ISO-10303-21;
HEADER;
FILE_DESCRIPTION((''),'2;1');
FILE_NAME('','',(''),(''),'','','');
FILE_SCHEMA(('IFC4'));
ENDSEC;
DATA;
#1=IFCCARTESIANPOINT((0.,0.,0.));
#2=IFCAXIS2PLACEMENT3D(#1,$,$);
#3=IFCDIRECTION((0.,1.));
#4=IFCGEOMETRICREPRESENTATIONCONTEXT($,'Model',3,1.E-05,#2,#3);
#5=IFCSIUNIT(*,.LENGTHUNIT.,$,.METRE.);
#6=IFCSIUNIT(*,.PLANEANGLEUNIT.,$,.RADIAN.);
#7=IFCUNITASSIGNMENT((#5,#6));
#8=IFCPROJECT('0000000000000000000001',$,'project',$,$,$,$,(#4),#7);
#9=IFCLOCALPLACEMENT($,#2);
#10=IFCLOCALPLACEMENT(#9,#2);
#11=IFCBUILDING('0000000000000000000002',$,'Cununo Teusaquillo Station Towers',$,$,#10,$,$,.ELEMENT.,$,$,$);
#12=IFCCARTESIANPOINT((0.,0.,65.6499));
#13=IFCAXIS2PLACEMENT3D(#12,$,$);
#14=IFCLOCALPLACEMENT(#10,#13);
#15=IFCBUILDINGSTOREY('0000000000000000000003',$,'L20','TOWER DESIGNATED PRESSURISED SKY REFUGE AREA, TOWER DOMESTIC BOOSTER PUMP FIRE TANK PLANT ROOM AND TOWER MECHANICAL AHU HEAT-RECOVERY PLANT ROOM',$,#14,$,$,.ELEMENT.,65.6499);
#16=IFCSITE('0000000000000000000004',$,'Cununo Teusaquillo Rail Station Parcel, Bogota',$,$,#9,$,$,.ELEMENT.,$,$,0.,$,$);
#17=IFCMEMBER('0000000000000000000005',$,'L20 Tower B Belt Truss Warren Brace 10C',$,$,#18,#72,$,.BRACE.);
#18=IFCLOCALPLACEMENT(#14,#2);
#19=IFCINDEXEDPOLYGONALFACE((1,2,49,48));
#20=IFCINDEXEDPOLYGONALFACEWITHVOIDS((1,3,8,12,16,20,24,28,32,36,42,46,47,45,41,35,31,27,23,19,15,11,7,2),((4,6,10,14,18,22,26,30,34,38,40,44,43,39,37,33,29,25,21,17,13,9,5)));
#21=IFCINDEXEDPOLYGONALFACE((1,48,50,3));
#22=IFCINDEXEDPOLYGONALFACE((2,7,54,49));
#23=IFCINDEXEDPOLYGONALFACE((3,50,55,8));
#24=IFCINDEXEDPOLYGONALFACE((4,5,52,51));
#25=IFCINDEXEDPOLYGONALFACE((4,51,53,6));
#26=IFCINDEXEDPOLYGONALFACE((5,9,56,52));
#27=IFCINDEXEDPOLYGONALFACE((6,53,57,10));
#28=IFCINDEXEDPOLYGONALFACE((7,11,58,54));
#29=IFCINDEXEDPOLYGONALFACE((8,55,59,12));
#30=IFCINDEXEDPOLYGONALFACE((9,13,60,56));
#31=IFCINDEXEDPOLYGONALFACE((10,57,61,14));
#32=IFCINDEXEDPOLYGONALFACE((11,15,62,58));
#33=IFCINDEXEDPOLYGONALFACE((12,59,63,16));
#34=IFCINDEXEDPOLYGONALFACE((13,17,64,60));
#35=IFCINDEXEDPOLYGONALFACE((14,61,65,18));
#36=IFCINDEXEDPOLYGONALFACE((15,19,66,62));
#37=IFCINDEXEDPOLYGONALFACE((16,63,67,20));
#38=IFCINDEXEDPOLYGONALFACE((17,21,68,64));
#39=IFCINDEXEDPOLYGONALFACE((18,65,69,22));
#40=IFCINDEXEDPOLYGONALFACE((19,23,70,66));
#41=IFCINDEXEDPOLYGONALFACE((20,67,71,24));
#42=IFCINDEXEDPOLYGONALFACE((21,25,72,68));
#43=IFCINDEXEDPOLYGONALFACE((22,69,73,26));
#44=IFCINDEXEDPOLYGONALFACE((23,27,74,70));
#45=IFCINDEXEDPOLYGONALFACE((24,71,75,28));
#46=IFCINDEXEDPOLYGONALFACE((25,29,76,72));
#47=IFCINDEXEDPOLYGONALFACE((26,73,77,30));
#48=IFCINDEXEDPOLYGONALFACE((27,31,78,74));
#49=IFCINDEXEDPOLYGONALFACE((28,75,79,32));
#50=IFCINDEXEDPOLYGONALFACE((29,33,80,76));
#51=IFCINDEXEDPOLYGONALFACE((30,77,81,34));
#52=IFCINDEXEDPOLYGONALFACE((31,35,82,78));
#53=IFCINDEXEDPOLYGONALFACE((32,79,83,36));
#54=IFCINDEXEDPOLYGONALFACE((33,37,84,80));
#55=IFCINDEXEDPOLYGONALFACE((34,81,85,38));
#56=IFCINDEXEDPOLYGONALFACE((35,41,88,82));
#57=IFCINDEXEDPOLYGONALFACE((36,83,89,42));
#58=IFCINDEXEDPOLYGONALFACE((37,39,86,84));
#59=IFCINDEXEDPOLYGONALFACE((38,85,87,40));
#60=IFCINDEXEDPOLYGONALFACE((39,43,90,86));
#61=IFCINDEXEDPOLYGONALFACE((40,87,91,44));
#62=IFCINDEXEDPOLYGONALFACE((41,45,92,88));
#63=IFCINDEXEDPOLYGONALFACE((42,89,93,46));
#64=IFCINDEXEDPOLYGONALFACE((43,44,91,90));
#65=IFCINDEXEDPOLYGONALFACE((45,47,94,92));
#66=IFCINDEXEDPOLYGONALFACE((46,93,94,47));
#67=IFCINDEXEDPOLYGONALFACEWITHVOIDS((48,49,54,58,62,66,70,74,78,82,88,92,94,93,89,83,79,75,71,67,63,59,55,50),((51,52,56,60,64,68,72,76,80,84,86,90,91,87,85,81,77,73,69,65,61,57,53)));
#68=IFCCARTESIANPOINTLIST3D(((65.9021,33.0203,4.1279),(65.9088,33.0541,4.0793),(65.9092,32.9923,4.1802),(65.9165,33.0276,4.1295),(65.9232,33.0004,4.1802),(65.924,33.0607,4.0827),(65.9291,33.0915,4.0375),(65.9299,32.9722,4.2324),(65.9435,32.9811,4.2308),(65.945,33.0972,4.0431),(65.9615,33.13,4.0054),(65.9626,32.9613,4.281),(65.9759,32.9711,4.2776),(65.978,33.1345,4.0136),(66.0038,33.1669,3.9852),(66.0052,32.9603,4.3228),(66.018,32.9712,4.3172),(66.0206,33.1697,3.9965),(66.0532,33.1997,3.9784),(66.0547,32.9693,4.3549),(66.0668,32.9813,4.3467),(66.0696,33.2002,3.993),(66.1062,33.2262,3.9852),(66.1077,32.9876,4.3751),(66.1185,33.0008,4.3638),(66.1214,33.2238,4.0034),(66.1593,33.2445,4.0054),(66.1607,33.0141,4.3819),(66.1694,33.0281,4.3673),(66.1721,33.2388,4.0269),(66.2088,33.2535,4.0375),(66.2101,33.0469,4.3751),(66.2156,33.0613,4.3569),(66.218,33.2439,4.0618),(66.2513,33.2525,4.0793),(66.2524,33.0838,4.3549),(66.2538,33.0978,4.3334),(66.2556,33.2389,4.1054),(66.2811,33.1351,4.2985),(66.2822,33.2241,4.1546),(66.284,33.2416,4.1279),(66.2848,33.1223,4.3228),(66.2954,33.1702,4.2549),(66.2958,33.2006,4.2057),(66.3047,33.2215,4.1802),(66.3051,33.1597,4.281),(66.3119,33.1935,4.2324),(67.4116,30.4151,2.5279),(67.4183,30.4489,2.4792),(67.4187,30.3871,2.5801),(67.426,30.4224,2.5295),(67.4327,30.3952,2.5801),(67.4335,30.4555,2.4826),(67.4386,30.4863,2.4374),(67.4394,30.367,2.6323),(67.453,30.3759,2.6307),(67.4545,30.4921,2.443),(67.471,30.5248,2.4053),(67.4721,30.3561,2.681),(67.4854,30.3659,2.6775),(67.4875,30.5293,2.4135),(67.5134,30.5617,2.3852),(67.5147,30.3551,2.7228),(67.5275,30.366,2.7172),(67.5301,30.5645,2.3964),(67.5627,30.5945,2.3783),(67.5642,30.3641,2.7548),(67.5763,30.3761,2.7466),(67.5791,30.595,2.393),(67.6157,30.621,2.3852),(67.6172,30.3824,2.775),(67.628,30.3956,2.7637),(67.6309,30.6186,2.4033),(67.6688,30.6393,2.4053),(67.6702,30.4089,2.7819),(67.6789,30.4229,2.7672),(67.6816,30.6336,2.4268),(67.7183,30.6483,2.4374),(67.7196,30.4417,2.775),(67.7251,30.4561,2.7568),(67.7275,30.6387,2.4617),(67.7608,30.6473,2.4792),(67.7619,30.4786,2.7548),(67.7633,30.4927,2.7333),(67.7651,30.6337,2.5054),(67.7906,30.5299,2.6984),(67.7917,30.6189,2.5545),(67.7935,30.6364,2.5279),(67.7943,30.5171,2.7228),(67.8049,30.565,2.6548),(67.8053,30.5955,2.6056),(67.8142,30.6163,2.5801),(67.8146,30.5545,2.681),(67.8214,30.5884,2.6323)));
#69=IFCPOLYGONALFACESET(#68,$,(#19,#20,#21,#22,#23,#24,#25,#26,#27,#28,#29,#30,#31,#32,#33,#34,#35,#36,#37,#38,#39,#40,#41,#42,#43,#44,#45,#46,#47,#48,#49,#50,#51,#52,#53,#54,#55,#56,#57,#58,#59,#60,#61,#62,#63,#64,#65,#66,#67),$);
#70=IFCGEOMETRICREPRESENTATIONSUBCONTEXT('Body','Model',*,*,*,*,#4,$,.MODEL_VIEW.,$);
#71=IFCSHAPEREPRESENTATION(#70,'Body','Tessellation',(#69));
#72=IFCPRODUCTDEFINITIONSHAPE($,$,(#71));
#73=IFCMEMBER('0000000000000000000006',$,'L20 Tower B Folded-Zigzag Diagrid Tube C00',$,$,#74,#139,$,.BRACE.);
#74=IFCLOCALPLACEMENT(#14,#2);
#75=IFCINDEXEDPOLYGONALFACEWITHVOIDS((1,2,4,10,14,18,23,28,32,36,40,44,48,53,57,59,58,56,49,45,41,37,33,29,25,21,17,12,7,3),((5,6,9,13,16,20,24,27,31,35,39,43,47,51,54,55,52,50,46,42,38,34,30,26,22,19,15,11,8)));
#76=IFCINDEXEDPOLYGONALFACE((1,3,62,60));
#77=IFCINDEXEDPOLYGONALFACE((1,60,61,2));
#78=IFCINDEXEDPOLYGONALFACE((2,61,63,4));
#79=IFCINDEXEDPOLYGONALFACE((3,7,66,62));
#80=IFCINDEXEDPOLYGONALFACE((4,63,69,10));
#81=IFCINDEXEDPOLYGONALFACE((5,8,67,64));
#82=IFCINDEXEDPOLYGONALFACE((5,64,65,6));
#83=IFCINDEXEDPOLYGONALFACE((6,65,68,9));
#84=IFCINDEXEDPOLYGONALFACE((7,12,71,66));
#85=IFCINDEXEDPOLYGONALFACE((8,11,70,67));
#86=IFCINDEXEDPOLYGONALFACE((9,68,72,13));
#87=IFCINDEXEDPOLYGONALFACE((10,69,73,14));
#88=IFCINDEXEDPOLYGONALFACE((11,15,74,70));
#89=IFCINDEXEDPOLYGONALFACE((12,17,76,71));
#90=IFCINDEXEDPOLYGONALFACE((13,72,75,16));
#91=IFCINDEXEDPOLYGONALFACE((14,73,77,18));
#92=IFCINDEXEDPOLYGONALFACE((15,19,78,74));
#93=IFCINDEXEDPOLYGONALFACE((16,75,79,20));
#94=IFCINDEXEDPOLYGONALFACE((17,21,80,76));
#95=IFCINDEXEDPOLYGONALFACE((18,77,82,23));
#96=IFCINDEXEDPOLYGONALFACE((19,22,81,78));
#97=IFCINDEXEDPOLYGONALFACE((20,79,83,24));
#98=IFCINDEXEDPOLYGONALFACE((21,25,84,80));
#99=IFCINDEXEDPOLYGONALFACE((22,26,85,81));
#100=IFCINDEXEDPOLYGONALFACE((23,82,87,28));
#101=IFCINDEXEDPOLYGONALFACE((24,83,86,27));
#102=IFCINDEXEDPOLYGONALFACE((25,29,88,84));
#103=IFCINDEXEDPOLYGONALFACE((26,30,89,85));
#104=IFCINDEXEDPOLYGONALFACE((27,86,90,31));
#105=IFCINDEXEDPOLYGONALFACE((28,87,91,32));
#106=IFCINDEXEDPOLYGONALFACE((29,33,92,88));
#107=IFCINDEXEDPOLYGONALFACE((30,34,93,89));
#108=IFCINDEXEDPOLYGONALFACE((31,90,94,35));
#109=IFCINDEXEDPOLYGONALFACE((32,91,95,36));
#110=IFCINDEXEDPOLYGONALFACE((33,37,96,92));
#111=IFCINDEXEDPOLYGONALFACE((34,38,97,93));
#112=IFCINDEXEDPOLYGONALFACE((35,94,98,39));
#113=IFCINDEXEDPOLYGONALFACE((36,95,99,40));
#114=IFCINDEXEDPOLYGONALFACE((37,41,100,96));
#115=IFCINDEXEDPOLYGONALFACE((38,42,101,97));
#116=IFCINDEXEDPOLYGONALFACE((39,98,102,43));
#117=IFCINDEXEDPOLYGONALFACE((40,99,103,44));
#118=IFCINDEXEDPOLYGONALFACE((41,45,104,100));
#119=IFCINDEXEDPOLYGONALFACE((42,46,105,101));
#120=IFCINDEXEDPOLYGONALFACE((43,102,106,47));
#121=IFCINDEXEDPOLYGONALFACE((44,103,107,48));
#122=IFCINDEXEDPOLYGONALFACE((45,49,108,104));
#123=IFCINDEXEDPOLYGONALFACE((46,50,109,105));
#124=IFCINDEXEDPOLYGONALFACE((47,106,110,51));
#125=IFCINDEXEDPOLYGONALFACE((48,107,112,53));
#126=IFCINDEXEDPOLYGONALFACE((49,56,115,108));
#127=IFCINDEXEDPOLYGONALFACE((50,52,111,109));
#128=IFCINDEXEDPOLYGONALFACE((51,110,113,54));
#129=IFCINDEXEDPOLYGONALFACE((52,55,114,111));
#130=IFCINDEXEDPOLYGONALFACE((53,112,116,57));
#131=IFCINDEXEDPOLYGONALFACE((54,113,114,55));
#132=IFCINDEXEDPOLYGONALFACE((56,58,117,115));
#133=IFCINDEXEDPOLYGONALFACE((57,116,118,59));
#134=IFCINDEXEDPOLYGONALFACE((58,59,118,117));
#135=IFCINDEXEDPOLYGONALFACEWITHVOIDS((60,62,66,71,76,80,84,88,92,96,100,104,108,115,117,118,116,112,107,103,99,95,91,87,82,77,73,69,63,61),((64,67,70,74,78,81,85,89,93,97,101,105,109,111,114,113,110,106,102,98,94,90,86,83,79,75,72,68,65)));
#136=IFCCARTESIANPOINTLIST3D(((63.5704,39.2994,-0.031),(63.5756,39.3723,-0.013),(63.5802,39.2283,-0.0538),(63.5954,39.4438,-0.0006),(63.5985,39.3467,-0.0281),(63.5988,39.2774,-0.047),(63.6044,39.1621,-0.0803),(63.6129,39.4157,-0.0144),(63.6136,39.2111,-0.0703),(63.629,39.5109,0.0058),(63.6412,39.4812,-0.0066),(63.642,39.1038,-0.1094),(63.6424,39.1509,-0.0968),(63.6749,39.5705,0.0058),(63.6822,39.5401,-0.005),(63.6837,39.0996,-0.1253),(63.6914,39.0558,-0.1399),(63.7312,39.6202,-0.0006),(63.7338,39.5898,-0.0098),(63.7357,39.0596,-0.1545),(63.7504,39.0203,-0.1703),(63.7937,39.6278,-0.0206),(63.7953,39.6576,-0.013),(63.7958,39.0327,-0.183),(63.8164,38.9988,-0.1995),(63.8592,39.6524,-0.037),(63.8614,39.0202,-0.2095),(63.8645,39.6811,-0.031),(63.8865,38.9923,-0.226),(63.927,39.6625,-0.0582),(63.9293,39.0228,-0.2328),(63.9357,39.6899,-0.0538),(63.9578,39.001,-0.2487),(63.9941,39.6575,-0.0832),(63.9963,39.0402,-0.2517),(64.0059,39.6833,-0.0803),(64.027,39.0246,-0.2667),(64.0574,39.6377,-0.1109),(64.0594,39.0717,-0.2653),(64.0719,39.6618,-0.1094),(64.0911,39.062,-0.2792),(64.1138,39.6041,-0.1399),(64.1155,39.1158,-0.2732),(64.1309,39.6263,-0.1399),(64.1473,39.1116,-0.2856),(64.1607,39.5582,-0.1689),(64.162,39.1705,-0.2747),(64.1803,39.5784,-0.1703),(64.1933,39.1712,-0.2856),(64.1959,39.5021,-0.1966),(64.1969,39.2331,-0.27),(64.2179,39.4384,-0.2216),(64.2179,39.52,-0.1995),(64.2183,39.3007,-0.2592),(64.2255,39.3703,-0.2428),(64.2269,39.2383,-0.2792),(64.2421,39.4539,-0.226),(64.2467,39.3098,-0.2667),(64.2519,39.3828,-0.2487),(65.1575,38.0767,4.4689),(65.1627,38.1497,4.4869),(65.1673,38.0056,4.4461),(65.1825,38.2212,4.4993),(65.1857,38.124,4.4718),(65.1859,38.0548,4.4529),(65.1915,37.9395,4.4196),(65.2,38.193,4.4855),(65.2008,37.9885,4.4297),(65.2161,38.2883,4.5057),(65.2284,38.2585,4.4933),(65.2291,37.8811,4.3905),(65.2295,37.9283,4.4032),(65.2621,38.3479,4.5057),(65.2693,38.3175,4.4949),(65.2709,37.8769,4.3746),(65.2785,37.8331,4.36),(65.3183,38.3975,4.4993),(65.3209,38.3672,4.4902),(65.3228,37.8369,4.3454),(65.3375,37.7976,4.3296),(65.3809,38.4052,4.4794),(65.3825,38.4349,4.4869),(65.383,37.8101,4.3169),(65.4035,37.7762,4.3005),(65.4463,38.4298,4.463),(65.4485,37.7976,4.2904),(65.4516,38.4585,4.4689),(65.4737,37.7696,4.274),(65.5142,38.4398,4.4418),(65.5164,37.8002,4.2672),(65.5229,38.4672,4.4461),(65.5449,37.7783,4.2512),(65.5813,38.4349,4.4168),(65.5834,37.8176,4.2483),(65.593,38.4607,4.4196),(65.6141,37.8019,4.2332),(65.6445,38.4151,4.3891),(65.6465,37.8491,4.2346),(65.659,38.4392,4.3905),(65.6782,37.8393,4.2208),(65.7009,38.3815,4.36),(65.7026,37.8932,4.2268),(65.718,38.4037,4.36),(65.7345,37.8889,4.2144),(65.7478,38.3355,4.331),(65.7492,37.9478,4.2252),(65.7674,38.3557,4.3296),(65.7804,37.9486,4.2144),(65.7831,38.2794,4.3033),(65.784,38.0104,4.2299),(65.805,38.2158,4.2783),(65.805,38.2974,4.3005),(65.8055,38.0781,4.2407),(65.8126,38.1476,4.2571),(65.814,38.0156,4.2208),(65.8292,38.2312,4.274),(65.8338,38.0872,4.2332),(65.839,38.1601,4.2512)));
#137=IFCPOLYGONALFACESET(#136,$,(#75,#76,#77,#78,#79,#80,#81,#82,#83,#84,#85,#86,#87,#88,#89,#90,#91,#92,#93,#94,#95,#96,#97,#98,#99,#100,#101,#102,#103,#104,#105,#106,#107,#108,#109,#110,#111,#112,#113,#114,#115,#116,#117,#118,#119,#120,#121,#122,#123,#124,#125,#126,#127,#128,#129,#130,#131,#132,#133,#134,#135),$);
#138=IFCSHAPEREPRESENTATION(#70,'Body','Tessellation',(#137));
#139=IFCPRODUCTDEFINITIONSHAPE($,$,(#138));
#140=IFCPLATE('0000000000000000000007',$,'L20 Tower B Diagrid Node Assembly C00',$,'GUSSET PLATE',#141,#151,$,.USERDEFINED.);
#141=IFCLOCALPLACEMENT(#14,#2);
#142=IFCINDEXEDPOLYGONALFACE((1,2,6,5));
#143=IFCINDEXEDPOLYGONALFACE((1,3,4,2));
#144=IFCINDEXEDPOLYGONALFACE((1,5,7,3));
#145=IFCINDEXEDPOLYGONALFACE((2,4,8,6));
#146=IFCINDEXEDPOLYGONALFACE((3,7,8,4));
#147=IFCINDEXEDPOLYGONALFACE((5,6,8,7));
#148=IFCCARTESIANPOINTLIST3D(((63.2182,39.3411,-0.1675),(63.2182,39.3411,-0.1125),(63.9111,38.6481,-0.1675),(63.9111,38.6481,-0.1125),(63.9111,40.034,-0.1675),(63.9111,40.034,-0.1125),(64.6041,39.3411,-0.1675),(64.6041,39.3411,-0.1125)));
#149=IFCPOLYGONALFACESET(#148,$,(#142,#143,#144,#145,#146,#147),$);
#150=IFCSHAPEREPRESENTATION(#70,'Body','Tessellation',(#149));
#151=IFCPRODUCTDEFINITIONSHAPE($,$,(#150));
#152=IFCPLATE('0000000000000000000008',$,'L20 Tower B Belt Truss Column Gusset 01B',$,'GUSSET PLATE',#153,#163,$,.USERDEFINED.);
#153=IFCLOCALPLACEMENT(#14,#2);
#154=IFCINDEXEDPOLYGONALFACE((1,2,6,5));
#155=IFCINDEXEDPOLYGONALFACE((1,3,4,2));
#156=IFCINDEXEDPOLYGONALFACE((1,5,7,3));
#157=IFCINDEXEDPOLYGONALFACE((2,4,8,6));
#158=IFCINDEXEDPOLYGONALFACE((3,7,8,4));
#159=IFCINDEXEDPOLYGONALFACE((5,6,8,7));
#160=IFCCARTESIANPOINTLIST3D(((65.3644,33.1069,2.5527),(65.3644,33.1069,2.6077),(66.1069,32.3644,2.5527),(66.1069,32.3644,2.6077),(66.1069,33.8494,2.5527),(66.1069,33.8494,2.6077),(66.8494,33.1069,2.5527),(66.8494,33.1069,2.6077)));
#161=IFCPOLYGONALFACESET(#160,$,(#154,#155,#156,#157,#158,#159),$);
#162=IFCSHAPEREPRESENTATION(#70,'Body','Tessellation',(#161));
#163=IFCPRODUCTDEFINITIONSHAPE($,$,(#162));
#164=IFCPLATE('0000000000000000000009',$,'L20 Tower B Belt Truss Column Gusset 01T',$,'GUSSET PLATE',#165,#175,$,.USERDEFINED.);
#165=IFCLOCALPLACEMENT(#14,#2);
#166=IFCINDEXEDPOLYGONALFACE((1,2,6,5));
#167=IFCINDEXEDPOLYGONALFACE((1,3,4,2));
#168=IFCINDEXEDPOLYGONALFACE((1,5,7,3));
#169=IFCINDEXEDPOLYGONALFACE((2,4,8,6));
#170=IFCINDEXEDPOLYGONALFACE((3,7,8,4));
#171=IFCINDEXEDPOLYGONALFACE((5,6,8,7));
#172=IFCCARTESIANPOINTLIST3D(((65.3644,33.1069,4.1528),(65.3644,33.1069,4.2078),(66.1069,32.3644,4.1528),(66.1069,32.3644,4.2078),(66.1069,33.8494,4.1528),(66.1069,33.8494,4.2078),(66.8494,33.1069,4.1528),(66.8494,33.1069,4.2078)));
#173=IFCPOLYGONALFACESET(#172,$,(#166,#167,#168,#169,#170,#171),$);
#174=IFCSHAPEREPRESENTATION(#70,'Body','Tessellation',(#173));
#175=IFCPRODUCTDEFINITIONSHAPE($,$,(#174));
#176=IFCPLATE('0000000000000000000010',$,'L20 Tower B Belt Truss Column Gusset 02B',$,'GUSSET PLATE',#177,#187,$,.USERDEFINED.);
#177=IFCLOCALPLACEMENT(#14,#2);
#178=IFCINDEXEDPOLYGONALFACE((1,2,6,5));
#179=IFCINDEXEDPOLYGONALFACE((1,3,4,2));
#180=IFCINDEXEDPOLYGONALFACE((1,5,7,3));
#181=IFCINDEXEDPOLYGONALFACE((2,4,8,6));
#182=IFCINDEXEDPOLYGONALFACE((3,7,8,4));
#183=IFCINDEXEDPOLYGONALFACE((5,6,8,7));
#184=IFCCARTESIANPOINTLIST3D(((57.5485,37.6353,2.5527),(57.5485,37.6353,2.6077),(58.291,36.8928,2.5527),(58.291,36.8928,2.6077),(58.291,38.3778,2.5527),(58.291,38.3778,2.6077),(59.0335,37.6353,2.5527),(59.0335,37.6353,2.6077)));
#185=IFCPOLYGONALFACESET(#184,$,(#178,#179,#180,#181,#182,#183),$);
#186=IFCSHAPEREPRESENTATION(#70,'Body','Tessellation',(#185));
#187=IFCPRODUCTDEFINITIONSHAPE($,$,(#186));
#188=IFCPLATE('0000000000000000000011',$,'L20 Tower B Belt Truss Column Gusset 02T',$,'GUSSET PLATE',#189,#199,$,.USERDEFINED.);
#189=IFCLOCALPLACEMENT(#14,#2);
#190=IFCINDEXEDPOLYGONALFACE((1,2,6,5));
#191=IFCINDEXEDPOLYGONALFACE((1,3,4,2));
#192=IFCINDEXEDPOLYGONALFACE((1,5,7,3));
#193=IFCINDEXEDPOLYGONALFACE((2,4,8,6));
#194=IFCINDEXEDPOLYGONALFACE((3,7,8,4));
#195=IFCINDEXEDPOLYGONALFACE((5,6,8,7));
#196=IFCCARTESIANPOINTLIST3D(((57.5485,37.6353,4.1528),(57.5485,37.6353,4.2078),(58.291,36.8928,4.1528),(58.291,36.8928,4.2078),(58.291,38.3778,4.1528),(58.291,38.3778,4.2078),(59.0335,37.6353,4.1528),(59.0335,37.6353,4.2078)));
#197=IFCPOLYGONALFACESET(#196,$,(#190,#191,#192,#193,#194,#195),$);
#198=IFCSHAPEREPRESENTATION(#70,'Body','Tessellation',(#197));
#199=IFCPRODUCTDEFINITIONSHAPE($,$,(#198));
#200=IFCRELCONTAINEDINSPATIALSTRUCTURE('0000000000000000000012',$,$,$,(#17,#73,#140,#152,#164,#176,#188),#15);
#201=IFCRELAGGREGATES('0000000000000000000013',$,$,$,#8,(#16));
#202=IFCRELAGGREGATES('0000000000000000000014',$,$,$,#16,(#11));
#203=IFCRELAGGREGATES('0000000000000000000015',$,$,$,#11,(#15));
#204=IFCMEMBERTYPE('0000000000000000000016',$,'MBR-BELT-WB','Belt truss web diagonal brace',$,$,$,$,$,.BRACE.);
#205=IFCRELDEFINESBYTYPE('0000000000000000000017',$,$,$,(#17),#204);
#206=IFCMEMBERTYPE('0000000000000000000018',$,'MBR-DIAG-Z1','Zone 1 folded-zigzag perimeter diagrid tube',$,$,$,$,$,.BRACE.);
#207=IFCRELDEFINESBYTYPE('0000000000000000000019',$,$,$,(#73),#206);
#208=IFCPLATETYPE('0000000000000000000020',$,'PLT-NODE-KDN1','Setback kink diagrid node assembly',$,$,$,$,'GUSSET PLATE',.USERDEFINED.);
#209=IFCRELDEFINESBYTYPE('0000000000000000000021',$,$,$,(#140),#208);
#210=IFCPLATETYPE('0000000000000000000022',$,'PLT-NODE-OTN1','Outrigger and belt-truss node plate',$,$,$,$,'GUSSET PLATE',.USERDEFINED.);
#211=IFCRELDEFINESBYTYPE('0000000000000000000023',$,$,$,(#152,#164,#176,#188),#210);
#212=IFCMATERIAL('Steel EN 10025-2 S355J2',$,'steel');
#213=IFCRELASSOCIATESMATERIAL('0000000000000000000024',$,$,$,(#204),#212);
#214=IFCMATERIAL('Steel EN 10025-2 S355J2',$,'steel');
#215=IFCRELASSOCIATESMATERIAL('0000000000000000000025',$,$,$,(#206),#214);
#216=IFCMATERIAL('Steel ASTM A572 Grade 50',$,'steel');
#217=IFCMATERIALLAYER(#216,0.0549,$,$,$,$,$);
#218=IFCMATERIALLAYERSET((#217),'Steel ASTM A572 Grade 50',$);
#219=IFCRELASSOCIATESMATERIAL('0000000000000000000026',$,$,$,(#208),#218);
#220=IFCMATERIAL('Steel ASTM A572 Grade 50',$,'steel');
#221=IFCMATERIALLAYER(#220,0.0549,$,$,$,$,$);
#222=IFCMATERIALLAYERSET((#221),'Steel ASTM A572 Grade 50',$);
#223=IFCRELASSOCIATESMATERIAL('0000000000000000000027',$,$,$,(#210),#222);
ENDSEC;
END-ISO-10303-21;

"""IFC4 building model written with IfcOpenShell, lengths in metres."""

from ifc_helpers import new_model, si_unit, direction, frame, origin, origin_2d, place, context, subcontext, project, spatial, rectangle, hollow_circle, extrude, source, transform, mapped, material, layer, layer_set, material_profile, profile_set, type_object, element, save


model = new_model("IFC4")

# Units and contexts
model_context = context("Model", 3, precision=1e-05, world=origin(), true_north=direction((0.0, 1.0)))
body_context = subcontext(model_context, "Body", "Model", "MODEL_VIEW")
ifc_project = project(units=[si_unit("LENGTHUNIT", "METRE"), si_unit("PLANEANGLEUNIT", "RADIAN")], contexts=[model_context])

# Site, building, storey
site_placement = place(None, origin())
site = spatial("IfcSite", under=ifc_project, at=site_placement, Name="Cununo Teusaquillo Rail Station Parcel, Bogota", CompositionType="ELEMENT", RefElevation=0.0)
building_placement = place(site_placement, origin())
building = spatial("IfcBuilding", under=site, at=building_placement, Name="Cununo Teusaquillo Station Towers", CompositionType="ELEMENT")
storey_placement = place(building_placement, frame((0.0, 0.0, 65.6499)))
storey = spatial("IfcBuildingStorey", under=building, at=storey_placement, Name="L20", Description="TOWER DESIGNATED PRESSURISED SKY REFUGE AREA, TOWER DOMESTIC BOOSTER PUMP FIRE TANK PLANT ROOM AND TOWER MECHANICAL AHU HEAT-RECOVERY PLANT ROOM", CompositionType="ELEMENT", Elevation=65.6499)

# Members
ifc_material_1 = material(Name="Steel EN 10025-2 S355J2", Category="steel")
ifc_material_profile_1 = material_profile(ifc_material_1, hollow_circle(Radius=0.2285, WallThickness=0.0161, at=origin_2d()), Name="CHS 457x16")
ifc_profile_set_1 = profile_set([ifc_material_profile_1], Name="Steel EN 10025-2 S355J2")
member_type_1 = type_object("IfcMemberType", Name="MBR-BELT-WB", Description="Belt truss web diagonal brace", PredefinedType="BRACE", material=ifc_profile_set_1)
for number, where, z_axis, x_axis, name in (
    (1, (67.6165, 30.5017, 2.5801), (-0.442712, 0.764059, 0.469276), (-0.865249, -0.501343, 0.0), "L20 Tower B Belt Truss Warren Brace 10C"),
):
    element("IfcMember", number, at=place(storey_placement, frame(where, z_axis=z_axis, x_axis=x_axis)), inside=storey, type_object=member_type_1, Name=name, PredefinedType="BRACE", context=body_context, shape_type="SweptSolid", body=[
        extrude(hollow_circle(Radius=0.2285, WallThickness=0.0161, at=origin_2d()), origin(), (0.0, 0.0, 1.0), 3.4097),
    ])
ifc_material_2 = material(Name="Steel EN 10025-2 S355J2", Category="steel")
ifc_material_profile_2 = material_profile(ifc_material_2, hollow_circle(Radius=0.3601, WallThickness=0.0281, at=origin_2d()), Name="CHS 720x28")
ifc_profile_set_2 = profile_set([ifc_material_profile_2], Name="Steel EN 10025-2 S355J2")
member_type_2 = type_object("IfcMemberType", Name="MBR-DIAG-Z1", Description="Zone 1 folded-zigzag perimeter diagrid tube", PredefinedType="BRACE", material=ifc_profile_set_2)
member_1_placement = place(storey_placement, frame((63.9111, 39.3411, -0.1399), z_axis=(0.32221, -0.248212, 0.913549), x_axis=(0.610264, 0.792198, 0.0)))
element("IfcMember", 2, at=member_1_placement, inside=storey, type_object=member_type_2, Name="L20 Tower B Folded-Zigzag Diagrid Tube C00", PredefinedType="BRACE", context=body_context, shape_type="SweptSolid", body=[
    extrude(hollow_circle(Radius=0.3601, WallThickness=0.0281, at=origin_2d()), origin(), (0.0, 0.0, 1.0), 4.9258),
])

# Plates
ifc_material_3 = material(Name="Steel ASTM A572 Grade 50", Category="steel")
ifc_layer_1 = layer(ifc_material_3, 0.0549)
ifc_layer_set_1 = layer_set([ifc_layer_1], Name="Steel ASTM A572 Grade 50")
plate_type_1 = type_object("IfcPlateType", Name="PLT-NODE-KDN1", Description="Setback kink diagrid node assembly", ElementType="GUSSET PLATE", PredefinedType="USERDEFINED", material=ifc_layer_set_1)
shared_shape_1 = source(origin(), body_context, "Body", "SweptSolid", [
    extrude(rectangle(XDim=0.98, YDim=0.98, at=origin_2d()), origin(), (0.0, 0.0, 1.0), 0.0549),
])
plate_placement = place(storey_placement, frame((63.9111, 39.3411, -0.1675), z_axis=(0.0, 0.0, 1.0), x_axis=(0.707107, 0.707107, 0.0)))
element("IfcPlate", 3, at=plate_placement, inside=storey, type_object=plate_type_1, Name="L20 Tower B Diagrid Node Assembly C00", ObjectType="GUSSET PLATE", PredefinedType="USERDEFINED", context=body_context, shape_type="MappedRepresentation", body=[
    mapped(shared_shape_1, transform((0.0, 0.0, 0.0), x_axis=(1.0, 0.0, 0.0), y_axis=(0.0, 1.0, 0.0), z_axis=(0.0, 0.0, 1.0), scale=1.0)),
])
ifc_material_4 = material(Name="Steel ASTM A572 Grade 50", Category="steel")
ifc_layer_2 = layer(ifc_material_4, 0.0549)
ifc_layer_set_2 = layer_set([ifc_layer_2], Name="Steel ASTM A572 Grade 50")
plate_type_2 = type_object("IfcPlateType", Name="PLT-NODE-OTN1", Description="Outrigger and belt-truss node plate", ElementType="GUSSET PLATE", PredefinedType="USERDEFINED", material=ifc_layer_set_2)
shared_shape_2 = source(origin(), body_context, "Body", "SweptSolid", [
    extrude(rectangle(XDim=1.05, YDim=1.05, at=origin_2d()), origin(), (0.0, 0.0, 1.0), 0.0549),
])
for number, where, z_axis, x_axis, name in (
    (4, (66.1069, 33.1069, 2.5527), (0.0, 0.0, 1.0), (0.707107, 0.707107, 0.0), "L20 Tower B Belt Truss Column Gusset 01B"),
    (5, (66.1069, 33.1069, 4.1528), (0.0, 0.0, 1.0), (0.707107, 0.707107, 0.0), "L20 Tower B Belt Truss Column Gusset 01T"),
    (6, (58.291, 37.6353, 2.5527), (0.0, 0.0, 1.0), (0.707107, 0.707107, 0.0), "L20 Tower B Belt Truss Column Gusset 02B"),
    (7, (58.291, 37.6353, 4.1528), (0.0, 0.0, 1.0), (0.707107, 0.707107, 0.0), "L20 Tower B Belt Truss Column Gusset 02T"),
):
    element("IfcPlate", number, at=place(storey_placement, frame(where, z_axis=z_axis, x_axis=x_axis)), inside=storey, type_object=plate_type_2, Name=name, ObjectType="GUSSET PLATE", PredefinedType="USERDEFINED", context=body_context, shape_type="MappedRepresentation", body=[
        mapped(shared_shape_2, transform((0.0, 0.0, 0.0), x_axis=(1.0, 0.0, 0.0), y_axis=(0.0, 1.0, 0.0), z_axis=(0.0, 0.0, 1.0), scale=1.0)),
    ])

save(model, "model.ifc")
